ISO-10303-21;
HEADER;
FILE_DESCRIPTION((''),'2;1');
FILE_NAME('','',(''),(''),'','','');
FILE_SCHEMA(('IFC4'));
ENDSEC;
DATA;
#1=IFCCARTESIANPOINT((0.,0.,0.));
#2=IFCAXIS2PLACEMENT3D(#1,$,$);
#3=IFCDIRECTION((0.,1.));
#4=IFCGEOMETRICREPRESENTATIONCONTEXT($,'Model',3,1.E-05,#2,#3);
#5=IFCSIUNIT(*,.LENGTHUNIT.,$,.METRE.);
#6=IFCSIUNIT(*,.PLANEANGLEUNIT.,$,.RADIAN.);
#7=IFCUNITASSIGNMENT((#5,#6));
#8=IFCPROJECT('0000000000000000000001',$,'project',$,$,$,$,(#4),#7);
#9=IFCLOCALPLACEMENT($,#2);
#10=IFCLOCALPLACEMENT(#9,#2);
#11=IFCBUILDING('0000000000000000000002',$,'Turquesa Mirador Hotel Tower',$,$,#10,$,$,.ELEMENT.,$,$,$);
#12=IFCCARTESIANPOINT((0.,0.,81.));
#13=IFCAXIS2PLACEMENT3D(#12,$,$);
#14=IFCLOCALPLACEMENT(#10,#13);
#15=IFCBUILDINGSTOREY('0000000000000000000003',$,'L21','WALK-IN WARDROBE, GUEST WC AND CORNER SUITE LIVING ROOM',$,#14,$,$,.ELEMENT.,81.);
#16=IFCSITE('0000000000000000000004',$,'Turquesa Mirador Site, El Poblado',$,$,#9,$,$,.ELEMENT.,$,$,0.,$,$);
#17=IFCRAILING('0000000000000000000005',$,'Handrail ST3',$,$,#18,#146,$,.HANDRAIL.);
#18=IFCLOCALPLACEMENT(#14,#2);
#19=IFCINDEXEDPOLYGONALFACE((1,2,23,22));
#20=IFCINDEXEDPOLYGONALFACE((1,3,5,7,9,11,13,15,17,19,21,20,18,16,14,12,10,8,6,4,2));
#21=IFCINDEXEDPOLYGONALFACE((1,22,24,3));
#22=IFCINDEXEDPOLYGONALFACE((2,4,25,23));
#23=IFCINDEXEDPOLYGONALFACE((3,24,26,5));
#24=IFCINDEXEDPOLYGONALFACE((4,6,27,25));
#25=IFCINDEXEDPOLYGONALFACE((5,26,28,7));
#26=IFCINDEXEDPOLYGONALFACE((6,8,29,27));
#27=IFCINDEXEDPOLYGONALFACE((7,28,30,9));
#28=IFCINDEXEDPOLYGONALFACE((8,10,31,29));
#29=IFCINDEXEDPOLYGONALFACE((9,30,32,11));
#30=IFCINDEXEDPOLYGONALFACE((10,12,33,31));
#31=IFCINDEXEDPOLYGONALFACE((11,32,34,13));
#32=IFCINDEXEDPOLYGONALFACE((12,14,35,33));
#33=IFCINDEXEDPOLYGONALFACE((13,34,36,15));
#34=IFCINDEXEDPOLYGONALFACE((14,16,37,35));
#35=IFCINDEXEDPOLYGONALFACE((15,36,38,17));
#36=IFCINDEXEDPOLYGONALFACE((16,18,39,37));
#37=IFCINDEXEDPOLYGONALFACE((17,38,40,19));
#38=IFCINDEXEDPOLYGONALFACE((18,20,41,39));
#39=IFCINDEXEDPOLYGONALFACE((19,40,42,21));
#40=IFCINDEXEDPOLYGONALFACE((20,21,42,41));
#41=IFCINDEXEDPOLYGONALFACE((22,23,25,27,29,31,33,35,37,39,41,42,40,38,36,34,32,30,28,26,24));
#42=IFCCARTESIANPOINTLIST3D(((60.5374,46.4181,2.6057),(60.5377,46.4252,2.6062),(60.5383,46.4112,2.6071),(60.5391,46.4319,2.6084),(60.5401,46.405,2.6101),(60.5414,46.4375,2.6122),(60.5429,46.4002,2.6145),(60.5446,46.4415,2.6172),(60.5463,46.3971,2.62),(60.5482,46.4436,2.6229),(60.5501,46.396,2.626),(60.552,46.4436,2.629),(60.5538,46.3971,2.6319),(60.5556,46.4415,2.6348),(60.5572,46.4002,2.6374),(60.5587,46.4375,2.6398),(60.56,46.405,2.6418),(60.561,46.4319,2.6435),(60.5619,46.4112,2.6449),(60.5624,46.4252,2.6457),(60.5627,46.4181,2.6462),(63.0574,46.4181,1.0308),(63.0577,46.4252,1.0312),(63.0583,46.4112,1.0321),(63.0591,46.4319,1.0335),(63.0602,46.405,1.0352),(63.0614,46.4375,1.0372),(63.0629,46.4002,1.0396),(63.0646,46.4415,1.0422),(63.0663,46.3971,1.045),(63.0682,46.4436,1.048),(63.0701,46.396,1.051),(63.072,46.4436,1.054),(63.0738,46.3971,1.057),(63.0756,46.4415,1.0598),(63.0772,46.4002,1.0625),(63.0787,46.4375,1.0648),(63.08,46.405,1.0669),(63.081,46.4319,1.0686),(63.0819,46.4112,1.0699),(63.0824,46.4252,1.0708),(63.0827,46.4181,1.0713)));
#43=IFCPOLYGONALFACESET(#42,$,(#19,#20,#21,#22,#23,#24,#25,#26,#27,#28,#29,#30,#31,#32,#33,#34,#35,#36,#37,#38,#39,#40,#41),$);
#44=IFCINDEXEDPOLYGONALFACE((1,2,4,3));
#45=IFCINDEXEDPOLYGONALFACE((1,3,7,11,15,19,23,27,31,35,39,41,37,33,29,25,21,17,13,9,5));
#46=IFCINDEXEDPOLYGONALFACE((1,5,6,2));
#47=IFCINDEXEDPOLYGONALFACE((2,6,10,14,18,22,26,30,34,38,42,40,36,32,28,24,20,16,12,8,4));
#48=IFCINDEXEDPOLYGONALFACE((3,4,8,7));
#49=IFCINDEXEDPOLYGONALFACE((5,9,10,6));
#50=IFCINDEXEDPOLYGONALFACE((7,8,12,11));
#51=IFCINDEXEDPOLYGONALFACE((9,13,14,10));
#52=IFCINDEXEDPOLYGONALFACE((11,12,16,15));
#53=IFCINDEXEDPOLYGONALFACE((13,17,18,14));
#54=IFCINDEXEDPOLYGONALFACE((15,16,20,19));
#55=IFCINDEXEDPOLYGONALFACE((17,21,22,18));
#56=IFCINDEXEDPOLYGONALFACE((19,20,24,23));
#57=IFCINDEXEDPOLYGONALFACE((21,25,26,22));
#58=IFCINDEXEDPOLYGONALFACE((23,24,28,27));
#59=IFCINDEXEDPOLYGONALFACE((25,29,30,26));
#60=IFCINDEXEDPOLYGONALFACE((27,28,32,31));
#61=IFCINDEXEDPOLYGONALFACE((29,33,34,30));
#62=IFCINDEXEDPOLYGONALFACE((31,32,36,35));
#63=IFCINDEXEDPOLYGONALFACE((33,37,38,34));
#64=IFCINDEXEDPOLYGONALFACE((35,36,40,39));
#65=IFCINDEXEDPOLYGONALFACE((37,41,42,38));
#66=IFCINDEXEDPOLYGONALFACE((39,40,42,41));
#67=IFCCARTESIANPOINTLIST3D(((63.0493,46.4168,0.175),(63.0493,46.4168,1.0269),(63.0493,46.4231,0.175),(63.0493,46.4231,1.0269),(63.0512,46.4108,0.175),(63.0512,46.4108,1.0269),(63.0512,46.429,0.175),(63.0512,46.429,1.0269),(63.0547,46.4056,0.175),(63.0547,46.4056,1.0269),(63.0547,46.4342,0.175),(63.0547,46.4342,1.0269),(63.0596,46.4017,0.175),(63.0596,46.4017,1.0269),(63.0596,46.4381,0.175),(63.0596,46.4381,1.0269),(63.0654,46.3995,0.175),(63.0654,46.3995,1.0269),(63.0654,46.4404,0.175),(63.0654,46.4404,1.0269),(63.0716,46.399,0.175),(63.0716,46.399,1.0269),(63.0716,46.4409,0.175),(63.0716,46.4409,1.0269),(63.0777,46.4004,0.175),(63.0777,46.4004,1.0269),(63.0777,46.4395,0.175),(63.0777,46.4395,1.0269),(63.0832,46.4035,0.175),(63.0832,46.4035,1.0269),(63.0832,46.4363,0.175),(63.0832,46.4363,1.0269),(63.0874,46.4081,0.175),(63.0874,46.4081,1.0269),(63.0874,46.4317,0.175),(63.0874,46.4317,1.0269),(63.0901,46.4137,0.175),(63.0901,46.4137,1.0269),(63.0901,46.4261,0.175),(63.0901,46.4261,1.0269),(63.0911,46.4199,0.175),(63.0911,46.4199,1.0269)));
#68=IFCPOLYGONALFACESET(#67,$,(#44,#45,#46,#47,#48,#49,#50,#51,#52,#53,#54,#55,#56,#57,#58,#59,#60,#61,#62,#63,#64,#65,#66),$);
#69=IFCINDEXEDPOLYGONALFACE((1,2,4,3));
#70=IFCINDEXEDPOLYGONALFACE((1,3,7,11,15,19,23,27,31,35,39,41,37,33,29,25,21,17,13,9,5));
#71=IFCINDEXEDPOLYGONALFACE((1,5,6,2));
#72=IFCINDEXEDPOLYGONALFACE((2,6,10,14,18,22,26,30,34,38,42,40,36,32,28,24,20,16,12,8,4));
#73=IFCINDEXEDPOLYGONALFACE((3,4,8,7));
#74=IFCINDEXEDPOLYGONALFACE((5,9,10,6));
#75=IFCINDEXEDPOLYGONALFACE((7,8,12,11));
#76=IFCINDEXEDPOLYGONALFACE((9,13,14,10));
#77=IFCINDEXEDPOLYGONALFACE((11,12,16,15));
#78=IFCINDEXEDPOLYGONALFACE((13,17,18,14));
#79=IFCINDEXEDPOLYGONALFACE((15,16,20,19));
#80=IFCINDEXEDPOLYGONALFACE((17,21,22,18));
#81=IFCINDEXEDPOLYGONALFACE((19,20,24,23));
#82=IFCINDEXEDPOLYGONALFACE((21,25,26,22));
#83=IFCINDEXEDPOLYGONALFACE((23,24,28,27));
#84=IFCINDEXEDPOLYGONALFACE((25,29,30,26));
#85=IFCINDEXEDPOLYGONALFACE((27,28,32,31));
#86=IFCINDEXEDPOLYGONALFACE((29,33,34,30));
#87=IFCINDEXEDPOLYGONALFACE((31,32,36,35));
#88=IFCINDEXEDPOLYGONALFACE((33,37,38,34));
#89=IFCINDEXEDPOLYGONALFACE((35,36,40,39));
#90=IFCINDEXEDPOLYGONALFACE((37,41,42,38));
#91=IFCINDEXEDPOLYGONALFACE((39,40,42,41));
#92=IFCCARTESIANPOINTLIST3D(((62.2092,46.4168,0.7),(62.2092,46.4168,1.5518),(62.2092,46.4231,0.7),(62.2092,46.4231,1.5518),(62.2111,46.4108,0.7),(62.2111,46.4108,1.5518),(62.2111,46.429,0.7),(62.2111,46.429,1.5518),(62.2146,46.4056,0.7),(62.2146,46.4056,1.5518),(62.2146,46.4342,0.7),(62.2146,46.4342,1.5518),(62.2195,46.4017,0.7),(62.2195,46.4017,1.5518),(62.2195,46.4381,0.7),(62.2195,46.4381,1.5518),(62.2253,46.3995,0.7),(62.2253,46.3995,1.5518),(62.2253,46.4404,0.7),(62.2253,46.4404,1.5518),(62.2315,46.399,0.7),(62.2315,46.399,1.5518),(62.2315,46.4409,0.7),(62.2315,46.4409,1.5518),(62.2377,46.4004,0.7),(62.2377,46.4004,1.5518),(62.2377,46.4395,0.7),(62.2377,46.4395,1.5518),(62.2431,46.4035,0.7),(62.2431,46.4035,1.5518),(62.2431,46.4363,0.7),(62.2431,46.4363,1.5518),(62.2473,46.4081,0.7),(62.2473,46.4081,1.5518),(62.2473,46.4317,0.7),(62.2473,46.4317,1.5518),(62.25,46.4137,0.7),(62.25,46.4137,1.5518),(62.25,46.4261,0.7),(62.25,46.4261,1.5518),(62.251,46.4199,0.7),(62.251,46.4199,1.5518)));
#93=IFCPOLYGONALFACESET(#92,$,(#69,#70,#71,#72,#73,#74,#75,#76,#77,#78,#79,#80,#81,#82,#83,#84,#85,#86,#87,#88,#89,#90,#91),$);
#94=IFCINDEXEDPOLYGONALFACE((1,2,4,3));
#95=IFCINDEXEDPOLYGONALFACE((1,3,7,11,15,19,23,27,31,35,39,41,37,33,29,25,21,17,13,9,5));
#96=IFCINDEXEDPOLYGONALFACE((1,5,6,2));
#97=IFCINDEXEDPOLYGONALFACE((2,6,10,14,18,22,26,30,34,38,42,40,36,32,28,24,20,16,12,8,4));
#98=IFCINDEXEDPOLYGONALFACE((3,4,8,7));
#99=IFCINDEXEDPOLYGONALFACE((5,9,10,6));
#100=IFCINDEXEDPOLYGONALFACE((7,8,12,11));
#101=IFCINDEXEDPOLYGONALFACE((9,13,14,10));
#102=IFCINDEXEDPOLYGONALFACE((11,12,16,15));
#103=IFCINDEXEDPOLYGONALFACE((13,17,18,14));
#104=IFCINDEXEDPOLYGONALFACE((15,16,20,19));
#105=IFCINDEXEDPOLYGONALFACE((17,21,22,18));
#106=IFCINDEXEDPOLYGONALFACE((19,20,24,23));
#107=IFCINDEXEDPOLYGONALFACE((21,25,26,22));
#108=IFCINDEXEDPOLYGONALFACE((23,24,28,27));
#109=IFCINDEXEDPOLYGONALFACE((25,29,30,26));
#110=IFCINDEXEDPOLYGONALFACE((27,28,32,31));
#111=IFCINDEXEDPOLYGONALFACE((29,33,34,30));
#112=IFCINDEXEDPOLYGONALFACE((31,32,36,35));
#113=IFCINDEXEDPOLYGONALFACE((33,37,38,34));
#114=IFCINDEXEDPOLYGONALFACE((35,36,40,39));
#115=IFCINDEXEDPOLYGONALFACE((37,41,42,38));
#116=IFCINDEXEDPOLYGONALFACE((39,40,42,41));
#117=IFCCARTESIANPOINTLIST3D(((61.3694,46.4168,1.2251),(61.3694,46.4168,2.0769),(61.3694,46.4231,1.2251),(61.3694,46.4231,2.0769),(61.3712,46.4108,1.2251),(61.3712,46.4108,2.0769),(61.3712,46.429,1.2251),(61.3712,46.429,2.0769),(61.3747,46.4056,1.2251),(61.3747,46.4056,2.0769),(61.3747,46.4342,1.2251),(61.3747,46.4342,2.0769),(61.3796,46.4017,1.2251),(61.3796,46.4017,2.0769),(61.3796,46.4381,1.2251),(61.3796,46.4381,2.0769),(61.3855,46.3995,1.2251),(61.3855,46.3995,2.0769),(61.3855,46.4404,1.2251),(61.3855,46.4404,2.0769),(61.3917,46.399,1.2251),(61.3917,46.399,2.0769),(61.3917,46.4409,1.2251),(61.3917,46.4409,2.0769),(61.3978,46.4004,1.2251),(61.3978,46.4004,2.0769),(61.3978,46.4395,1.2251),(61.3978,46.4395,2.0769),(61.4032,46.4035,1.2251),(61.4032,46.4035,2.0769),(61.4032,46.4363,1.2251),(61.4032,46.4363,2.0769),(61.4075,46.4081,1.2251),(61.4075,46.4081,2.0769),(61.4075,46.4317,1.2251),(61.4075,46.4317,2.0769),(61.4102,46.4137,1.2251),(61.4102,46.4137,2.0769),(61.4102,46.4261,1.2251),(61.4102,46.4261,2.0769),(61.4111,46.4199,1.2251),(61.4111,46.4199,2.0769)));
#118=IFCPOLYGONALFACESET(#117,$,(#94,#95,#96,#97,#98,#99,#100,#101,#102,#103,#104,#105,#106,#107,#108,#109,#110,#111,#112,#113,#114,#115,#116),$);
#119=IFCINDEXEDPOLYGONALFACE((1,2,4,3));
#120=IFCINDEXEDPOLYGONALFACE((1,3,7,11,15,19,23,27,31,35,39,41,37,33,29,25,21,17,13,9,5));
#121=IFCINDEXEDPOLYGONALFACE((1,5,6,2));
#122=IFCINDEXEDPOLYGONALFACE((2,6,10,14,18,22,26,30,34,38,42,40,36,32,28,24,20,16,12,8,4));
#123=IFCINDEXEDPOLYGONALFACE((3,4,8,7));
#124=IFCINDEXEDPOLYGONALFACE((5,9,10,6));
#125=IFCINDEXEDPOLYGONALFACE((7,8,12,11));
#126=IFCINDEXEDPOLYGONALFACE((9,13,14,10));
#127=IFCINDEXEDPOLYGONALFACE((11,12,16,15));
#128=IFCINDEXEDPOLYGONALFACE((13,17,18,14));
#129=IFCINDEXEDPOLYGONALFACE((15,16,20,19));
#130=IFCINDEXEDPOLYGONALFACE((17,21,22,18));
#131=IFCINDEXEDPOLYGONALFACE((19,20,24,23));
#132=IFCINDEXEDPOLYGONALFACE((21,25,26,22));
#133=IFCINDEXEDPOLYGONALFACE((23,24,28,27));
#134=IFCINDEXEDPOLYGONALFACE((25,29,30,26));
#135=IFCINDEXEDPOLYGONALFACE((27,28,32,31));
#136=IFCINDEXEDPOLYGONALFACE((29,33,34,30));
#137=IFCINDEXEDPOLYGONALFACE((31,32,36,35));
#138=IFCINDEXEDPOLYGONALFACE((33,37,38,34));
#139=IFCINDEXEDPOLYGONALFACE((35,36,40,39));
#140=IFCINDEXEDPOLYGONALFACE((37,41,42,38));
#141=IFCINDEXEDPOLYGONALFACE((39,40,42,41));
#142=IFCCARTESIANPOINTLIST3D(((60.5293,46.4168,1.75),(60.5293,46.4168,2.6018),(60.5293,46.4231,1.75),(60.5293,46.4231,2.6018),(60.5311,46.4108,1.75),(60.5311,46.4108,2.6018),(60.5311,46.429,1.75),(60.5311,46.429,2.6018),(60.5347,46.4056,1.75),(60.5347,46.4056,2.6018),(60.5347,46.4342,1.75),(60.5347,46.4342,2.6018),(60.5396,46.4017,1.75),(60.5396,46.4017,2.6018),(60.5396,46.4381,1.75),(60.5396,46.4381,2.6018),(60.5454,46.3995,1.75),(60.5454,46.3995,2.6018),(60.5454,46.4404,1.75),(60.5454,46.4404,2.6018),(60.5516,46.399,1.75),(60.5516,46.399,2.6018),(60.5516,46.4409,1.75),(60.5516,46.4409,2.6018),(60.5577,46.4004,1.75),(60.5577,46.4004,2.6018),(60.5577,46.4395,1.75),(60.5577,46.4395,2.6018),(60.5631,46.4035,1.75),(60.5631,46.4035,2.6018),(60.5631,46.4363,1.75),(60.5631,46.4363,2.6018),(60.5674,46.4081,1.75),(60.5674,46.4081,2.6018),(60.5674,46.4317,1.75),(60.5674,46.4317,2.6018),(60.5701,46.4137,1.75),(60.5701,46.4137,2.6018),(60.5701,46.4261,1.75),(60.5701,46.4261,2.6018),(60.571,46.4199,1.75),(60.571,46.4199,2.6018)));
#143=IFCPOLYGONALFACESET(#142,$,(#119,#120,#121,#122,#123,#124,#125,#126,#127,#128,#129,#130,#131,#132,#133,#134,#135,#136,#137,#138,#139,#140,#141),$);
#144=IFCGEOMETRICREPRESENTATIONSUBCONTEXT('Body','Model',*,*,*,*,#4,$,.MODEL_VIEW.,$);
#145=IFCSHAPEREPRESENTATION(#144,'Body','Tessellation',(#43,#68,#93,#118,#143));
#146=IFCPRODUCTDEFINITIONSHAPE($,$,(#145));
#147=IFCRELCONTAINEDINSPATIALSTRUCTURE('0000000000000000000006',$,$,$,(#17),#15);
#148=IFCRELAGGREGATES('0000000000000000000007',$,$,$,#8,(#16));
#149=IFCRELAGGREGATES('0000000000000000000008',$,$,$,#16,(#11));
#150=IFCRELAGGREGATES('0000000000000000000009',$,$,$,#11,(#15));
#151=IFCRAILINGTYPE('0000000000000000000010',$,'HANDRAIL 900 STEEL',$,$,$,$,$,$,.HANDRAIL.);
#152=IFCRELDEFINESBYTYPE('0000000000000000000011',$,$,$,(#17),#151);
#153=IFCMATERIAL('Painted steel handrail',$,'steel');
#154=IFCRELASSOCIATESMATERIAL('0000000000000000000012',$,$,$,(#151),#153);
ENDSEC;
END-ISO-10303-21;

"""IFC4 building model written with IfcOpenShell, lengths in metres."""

from ifc_helpers import new_model, si_unit, direction, frame, origin, origin_2d, place, context, subcontext, project, spatial, circle, extrude, material, type_object, element, save


model = new_model("IFC4")

# Units and contexts
model_context = context("Model", 3, precision=1e-05, world=origin(), true_north=direction((0.0, 1.0)))
body_context = subcontext(model_context, "Body", "Model", "MODEL_VIEW")
ifc_project = project(units=[si_unit("LENGTHUNIT", "METRE"), si_unit("PLANEANGLEUNIT", "RADIAN")], contexts=[model_context])

# Site, building, storey
site_placement = place(None, origin())
site = spatial("IfcSite", under=ifc_project, at=site_placement, Name="Turquesa Mirador Site, El Poblado", CompositionType="ELEMENT", RefElevation=0.0)
building_placement = place(site_placement, origin())
building = spatial("IfcBuilding", under=site, at=building_placement, Name="Turquesa Mirador Hotel Tower", CompositionType="ELEMENT")
storey_placement = place(building_placement, frame((0.0, 0.0, 81.0)))
storey = spatial("IfcBuildingStorey", under=building, at=storey_placement, Name="L21", Description="WALK-IN WARDROBE, GUEST WC AND CORNER SUITE LIVING ROOM", CompositionType="ELEMENT", Elevation=81.0)

# Railing
ifc_material_1 = material(Name="Painted steel handrail", Category="steel")
railing_type = type_object("IfcRailingType", Name="HANDRAIL 900 STEEL", PredefinedType="HANDRAIL", material=ifc_material_1)
railing_1_placement = place(storey_placement, frame((63.0701, 46.4199, 0.175)))
element("IfcRailing", 1, at=railing_1_placement, inside=storey, type_object=railing_type, Name="Handrail ST3", PredefinedType="HANDRAIL", context=body_context, shape_type="SweptSolid", body=[
    extrude(circle(Radius=0.0239, at=origin_2d()), frame((0.0, 0.0, 0.876), z_axis=(-0.848008, 0.0, 0.529984), x_axis=(0.0, -1.0, 0.0)), (0.0, 0.0, 1.0), 2.9717),
    extrude(circle(Radius=0.021, at=origin_2d()), origin(), (0.0, 0.0, 1.0), 0.8518),
    extrude(circle(Radius=0.021, at=origin_2d()), frame((-0.8401, 0.0, 0.5249)), (0.0, 0.0, 1.0), 0.8518),
    extrude(circle(Radius=0.021, at=origin_2d()), frame((-1.6799, 0.0, 1.05)), (0.0, 0.0, 1.0), 0.8518),
    extrude(circle(Radius=0.021, at=origin_2d()), frame((-2.52, 0.0, 1.575)), (0.0, 0.0, 1.0), 0.8518),
])

save(model, "model.ifc")
